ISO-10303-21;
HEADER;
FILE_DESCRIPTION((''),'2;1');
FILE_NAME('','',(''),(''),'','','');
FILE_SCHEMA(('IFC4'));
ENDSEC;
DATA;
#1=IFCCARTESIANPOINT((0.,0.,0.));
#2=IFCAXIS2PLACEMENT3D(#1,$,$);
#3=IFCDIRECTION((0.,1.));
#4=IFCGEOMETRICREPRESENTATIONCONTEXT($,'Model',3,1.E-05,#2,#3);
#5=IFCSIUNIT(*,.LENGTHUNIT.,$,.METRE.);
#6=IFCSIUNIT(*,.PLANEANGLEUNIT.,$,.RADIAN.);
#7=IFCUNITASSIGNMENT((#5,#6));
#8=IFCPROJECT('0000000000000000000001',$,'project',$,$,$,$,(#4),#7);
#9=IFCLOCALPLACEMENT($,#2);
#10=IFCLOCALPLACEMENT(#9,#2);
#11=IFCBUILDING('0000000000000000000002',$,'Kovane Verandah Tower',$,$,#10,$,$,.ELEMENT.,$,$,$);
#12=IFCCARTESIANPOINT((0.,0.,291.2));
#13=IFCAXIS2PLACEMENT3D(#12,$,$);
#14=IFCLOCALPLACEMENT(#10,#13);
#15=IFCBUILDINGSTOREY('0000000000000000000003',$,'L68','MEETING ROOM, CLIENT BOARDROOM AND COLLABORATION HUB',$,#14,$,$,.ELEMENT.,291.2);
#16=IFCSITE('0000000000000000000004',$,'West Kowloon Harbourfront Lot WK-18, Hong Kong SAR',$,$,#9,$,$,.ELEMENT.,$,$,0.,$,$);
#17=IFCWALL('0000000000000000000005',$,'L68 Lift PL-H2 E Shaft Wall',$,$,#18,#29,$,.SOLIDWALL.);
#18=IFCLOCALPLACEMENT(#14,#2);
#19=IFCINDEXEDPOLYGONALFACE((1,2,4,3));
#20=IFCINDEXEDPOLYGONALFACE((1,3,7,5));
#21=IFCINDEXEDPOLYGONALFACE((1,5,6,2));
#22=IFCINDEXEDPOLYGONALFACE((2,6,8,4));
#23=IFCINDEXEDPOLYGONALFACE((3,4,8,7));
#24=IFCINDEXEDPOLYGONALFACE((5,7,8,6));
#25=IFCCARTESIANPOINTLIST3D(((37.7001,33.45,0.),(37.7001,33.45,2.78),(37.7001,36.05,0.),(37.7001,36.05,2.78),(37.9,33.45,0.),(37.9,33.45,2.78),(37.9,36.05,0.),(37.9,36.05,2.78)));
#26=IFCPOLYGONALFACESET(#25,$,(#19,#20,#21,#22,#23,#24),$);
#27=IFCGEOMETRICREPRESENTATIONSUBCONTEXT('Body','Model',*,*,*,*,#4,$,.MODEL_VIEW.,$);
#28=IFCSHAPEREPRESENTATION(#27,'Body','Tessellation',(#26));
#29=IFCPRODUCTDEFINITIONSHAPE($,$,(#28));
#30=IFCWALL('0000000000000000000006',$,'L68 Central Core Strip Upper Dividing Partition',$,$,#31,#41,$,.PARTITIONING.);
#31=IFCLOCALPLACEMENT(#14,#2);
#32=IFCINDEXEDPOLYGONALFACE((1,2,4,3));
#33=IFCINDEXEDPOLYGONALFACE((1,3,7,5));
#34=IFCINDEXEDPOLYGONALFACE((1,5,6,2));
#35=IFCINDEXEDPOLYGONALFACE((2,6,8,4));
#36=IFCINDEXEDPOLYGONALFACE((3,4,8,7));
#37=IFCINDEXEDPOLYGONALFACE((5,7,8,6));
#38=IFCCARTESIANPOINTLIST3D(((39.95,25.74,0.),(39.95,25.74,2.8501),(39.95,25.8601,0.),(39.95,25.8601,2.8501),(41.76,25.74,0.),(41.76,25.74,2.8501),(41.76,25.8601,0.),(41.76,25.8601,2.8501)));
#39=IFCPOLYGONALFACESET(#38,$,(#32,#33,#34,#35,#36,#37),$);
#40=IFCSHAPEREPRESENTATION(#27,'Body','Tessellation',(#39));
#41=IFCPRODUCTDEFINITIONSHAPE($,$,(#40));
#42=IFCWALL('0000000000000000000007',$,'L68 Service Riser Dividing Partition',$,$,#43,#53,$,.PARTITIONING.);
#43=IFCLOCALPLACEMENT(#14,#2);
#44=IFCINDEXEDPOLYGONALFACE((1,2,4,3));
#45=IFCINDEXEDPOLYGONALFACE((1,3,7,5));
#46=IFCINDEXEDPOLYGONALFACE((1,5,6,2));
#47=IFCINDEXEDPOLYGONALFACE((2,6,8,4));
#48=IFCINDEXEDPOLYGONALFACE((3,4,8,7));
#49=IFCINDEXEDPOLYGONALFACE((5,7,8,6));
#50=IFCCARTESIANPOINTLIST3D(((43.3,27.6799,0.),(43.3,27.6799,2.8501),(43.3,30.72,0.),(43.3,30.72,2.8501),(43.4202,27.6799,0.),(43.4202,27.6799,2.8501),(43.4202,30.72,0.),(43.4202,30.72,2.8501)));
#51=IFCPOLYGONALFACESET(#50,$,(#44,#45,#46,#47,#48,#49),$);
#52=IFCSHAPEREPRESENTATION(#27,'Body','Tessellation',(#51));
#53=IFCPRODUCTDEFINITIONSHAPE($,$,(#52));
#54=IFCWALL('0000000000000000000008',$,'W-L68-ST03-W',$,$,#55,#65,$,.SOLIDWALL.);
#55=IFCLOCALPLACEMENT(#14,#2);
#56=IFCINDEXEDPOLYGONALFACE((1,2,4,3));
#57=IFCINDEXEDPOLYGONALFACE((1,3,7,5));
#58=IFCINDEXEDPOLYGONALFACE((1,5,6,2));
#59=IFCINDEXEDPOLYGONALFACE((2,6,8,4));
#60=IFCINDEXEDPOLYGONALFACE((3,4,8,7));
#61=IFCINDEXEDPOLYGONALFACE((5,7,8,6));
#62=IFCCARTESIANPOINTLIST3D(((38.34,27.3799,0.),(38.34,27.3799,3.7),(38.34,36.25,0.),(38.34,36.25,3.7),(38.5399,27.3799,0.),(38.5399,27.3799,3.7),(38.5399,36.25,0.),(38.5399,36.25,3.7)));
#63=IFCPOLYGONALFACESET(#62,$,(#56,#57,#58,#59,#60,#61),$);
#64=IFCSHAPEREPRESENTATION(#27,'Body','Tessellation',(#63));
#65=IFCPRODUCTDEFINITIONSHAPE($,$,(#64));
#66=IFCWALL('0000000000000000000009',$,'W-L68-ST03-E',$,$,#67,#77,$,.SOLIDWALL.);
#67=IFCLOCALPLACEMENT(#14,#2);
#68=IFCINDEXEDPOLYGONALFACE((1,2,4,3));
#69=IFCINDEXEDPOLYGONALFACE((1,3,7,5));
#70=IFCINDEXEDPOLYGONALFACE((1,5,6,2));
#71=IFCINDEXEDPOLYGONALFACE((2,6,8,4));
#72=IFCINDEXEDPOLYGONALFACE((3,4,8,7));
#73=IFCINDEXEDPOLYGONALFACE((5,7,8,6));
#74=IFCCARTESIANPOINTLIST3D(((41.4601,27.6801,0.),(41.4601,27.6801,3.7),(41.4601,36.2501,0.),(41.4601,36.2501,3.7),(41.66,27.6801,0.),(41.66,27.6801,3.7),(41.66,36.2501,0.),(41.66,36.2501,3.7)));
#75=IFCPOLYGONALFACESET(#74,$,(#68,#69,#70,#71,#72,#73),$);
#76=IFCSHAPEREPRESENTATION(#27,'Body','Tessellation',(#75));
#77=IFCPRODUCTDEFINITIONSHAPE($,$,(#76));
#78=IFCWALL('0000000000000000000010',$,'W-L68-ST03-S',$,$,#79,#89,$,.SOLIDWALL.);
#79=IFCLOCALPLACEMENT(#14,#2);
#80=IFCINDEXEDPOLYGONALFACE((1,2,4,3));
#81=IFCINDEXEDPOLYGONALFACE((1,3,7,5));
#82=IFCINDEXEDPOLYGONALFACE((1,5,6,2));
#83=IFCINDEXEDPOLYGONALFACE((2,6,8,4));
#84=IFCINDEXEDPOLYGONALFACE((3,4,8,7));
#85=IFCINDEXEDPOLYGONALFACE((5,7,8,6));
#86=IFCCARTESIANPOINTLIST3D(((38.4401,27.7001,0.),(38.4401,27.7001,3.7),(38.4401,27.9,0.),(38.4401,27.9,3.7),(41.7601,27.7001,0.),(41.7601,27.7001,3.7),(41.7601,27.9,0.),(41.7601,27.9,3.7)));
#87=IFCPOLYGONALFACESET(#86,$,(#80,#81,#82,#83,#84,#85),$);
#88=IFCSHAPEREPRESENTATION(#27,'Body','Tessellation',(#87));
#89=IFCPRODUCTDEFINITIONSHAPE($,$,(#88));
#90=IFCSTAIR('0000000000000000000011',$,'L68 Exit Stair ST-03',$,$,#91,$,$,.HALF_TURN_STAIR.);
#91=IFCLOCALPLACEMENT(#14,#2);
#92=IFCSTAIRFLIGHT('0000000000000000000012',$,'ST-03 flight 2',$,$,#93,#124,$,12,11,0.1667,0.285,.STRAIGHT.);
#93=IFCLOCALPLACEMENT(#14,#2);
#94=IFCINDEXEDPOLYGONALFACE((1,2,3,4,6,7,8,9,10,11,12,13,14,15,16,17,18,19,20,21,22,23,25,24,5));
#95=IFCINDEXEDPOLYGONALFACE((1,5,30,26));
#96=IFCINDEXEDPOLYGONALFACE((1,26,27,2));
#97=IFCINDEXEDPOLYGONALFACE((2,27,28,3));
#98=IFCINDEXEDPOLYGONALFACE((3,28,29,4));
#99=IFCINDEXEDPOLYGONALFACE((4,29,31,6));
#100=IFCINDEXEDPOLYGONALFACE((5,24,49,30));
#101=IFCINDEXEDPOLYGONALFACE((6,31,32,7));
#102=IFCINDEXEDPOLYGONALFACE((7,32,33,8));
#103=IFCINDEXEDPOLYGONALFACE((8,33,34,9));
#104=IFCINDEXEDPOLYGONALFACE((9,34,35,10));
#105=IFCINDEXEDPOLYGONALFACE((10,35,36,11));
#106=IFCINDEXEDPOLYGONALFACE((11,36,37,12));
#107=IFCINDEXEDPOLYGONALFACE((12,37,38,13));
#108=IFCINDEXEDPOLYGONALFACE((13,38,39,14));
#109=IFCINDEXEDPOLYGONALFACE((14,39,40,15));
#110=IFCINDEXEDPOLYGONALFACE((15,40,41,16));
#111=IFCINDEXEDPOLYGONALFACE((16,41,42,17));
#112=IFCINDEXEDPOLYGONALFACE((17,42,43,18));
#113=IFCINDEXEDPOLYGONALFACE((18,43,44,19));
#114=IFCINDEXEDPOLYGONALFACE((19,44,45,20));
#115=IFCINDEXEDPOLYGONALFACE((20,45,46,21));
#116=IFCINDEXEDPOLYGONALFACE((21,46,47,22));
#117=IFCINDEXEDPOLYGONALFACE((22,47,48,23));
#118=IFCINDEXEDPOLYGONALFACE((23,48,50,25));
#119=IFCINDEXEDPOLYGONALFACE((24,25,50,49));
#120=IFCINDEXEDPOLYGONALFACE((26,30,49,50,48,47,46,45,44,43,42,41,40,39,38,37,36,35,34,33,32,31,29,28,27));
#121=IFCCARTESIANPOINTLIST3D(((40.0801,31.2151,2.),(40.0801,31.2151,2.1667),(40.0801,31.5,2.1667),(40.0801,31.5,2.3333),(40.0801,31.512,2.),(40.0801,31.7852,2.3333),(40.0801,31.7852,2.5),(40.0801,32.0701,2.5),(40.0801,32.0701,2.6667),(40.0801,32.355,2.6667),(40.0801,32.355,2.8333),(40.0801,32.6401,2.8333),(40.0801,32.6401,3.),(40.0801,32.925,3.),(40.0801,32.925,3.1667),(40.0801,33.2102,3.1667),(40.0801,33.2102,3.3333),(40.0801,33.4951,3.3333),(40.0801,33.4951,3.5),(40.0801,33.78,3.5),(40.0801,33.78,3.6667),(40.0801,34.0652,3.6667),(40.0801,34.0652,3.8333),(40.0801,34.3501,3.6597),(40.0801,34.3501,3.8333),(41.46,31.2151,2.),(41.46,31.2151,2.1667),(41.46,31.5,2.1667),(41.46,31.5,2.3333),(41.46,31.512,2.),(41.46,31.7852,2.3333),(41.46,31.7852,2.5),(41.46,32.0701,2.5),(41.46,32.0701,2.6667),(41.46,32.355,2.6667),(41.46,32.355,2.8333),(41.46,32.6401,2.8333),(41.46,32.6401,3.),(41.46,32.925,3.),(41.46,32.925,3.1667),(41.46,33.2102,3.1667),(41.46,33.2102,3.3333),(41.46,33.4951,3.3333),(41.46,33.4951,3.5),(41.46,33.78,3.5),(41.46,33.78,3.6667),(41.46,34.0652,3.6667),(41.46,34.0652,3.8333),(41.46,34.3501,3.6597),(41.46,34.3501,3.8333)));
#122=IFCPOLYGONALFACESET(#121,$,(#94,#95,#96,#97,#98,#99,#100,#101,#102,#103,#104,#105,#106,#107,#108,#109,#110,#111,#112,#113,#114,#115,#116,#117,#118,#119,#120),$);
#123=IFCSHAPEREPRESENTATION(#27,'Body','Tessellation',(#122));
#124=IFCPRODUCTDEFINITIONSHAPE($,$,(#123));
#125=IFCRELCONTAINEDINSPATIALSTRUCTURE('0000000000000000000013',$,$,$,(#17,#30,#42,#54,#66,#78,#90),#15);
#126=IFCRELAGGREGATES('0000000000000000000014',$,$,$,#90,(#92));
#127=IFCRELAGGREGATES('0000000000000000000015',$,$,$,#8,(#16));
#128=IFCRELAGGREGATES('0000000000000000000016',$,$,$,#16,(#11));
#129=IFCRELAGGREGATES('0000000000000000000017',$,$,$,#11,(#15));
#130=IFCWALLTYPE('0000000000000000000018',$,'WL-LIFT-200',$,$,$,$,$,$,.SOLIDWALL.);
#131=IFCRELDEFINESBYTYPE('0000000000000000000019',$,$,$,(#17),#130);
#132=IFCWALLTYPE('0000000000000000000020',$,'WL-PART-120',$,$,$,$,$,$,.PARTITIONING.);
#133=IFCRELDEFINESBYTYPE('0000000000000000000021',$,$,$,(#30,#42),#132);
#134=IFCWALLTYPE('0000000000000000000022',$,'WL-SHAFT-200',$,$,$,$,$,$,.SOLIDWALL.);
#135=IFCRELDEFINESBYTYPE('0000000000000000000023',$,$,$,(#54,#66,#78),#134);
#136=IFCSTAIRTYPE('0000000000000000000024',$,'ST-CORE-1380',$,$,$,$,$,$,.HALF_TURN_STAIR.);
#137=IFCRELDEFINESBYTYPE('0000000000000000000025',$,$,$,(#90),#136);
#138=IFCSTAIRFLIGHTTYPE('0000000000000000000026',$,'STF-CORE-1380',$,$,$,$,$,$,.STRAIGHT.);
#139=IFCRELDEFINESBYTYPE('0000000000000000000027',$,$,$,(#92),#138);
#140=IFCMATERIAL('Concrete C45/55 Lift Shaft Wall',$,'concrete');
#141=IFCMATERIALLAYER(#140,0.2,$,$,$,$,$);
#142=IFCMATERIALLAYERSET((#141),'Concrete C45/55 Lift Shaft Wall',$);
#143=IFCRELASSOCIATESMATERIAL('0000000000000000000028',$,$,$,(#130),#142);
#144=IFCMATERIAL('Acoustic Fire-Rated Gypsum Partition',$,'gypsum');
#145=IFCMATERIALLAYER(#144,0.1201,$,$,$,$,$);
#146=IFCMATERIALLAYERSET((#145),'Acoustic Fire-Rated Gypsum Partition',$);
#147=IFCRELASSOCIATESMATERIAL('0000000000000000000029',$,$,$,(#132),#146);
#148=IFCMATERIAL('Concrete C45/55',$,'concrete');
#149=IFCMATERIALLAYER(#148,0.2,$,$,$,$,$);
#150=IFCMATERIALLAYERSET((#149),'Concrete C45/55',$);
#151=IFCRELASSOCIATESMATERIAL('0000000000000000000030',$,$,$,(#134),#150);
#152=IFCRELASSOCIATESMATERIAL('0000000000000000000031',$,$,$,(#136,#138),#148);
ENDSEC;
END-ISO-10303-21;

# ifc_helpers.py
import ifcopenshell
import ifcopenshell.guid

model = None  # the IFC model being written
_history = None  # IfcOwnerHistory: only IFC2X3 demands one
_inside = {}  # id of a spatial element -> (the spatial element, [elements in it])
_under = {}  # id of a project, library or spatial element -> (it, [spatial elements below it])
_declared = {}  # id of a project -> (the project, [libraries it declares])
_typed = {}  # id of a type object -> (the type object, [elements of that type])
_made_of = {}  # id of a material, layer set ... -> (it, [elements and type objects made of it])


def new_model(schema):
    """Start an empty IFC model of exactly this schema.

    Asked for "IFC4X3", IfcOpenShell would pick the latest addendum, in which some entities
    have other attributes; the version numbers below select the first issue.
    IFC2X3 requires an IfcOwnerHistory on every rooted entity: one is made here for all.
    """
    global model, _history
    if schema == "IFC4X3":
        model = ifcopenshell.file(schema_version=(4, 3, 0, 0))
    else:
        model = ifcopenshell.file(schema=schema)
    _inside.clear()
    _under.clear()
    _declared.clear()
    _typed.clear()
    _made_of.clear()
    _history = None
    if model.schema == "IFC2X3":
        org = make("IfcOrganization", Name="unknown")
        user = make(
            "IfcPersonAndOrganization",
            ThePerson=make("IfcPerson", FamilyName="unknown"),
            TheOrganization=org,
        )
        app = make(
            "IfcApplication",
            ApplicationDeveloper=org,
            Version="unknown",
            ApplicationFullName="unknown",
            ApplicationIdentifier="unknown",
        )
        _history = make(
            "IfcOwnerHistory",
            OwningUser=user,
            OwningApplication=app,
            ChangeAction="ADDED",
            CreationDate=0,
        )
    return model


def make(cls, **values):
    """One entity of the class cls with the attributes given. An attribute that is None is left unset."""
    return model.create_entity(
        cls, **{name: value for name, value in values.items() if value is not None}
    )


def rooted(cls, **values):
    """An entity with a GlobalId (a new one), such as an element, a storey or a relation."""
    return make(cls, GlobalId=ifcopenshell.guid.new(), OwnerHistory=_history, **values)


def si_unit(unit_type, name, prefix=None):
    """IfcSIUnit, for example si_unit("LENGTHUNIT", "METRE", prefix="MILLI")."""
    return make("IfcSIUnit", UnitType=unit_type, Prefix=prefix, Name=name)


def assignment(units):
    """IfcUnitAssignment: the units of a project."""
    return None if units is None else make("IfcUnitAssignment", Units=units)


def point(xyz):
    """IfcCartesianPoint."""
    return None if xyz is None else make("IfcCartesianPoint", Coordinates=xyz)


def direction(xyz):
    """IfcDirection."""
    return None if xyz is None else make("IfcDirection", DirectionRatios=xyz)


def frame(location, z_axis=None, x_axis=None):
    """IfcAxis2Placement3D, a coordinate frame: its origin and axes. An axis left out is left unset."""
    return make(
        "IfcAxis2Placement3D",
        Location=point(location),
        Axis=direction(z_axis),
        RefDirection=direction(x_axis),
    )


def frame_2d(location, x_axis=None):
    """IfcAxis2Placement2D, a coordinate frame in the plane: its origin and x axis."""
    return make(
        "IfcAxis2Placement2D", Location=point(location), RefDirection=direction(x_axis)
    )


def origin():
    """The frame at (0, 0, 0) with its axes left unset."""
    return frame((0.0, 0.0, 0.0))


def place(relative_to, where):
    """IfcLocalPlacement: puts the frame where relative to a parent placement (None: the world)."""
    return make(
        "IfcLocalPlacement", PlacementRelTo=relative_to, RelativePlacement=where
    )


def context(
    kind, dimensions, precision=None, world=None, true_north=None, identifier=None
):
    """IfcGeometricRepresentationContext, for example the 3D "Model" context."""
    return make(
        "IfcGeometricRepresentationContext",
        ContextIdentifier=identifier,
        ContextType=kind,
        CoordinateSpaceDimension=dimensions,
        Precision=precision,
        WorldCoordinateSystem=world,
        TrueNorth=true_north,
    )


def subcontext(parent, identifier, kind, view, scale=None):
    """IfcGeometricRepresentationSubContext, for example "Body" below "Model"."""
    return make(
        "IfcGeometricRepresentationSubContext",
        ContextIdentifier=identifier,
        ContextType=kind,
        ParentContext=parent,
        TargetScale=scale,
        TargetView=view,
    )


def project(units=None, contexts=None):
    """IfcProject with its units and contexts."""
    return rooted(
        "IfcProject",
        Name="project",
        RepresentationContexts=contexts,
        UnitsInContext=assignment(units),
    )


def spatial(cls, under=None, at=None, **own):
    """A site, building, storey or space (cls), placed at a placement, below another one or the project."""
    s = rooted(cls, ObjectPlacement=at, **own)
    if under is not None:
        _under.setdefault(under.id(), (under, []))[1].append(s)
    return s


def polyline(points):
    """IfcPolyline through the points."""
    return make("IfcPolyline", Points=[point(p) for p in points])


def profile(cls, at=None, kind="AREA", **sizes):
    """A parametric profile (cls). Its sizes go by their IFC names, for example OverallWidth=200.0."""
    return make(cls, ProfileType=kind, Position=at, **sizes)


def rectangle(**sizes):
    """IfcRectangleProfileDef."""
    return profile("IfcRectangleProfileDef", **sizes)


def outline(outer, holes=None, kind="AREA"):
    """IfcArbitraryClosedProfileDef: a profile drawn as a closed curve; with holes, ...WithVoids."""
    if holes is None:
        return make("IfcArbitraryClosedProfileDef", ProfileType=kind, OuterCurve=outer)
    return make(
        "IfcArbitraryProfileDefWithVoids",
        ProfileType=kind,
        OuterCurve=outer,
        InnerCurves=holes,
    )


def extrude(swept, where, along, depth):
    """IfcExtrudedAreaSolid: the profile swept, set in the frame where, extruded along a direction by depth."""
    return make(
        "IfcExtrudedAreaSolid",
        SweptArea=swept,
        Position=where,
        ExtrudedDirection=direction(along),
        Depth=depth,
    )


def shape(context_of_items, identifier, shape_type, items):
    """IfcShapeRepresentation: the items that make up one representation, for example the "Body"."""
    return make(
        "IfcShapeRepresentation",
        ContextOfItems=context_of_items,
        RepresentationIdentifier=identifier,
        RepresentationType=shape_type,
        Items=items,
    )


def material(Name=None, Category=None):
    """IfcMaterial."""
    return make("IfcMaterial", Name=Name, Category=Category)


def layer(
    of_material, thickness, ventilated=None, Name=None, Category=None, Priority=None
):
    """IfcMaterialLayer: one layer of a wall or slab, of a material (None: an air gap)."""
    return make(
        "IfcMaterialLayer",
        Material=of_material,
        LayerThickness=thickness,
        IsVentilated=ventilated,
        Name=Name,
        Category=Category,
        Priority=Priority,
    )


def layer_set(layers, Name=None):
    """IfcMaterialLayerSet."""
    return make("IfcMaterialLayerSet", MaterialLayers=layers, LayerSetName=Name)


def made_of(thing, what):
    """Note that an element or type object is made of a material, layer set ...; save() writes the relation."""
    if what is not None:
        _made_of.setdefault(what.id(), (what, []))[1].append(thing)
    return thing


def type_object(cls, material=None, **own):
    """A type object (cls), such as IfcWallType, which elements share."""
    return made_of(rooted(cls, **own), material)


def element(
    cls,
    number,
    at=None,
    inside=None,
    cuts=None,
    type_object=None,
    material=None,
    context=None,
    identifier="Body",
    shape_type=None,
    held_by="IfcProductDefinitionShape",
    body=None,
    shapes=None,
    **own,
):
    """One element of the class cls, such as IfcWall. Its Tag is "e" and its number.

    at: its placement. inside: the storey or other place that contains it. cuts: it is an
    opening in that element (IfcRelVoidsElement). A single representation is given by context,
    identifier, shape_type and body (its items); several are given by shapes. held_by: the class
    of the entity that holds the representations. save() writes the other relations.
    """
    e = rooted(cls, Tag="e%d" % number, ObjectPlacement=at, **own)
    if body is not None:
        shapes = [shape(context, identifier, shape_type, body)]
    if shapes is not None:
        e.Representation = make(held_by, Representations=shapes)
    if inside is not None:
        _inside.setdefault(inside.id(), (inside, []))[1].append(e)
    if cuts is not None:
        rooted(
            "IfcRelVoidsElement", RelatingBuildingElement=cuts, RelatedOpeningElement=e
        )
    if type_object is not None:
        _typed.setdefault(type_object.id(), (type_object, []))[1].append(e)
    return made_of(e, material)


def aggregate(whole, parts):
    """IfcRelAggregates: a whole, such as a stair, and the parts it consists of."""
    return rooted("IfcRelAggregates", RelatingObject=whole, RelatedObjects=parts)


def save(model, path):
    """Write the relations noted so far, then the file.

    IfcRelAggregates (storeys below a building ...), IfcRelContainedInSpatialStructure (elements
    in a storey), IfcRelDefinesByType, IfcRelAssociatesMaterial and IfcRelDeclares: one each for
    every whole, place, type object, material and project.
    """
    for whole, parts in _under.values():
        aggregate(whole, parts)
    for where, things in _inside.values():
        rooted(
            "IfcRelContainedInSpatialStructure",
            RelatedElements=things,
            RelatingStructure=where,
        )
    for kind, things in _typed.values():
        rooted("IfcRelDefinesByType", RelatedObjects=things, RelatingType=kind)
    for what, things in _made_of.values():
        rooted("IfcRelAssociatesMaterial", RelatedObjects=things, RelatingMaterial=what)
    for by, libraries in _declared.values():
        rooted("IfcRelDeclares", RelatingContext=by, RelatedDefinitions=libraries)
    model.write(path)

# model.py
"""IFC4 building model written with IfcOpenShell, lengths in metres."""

from ifc_helpers import new_model, si_unit, direction, frame, frame_2d, origin, place, context, subcontext, project, spatial, polyline, rectangle, outline, extrude, material, layer, layer_set, type_object, element, aggregate, save


model = new_model("IFC4")

# Units and contexts
model_context = context("Model", 3, precision=1e-05, world=origin(), true_north=direction((0.0, 1.0)))
body_context = subcontext(model_context, "Body", "Model", "MODEL_VIEW")
ifc_project = project(units=[si_unit("LENGTHUNIT", "METRE"), si_unit("PLANEANGLEUNIT", "RADIAN")], contexts=[model_context])

# Site, building, storey
site_placement = place(None, origin())
site = spatial("IfcSite", under=ifc_project, at=site_placement, Name="West Kowloon Harbourfront Lot WK-18, Hong Kong SAR", CompositionType="ELEMENT", RefElevation=0.0)
building_placement = place(site_placement, origin())
building = spatial("IfcBuilding", under=site, at=building_placement, Name="Kovane Verandah Tower", CompositionType="ELEMENT")
storey_placement = place(building_placement, frame((0.0, 0.0, 291.2)))
storey = spatial("IfcBuildingStorey", under=building, at=storey_placement, Name="L68", Description="MEETING ROOM, CLIENT BOARDROOM AND COLLABORATION HUB", CompositionType="ELEMENT", Elevation=291.2)

# Shared definitions
ifc_material_1 = material(Name="Concrete C45/55 Lift Shaft Wall", Category="concrete")
ifc_layer_1 = layer(ifc_material_1, 0.2)
ifc_layer_set_1 = layer_set([ifc_layer_1], Name="Concrete C45/55 Lift Shaft Wall")
wall_type_1 = type_object("IfcWallType", Name="WL-LIFT-200", PredefinedType="SOLIDWALL", material=ifc_layer_set_1)

# Walls
wall_1_placement = place(storey_placement, frame((37.8, 33.45, 0.0), z_axis=(0.0, 0.0, 1.0), x_axis=(0.0, 1.0, 0.0)))
element("IfcWall", 1, at=wall_1_placement, inside=storey, type_object=wall_type_1, Name="L68 Lift PL-H2 E Shaft Wall", PredefinedType="SOLIDWALL", context=body_context, shape_type="SweptSolid", body=[
    extrude(rectangle(XDim=2.6001, YDim=0.2, at=frame_2d((1.3, 0.0))), origin(), (0.0, 0.0, 1.0), 2.78),
])
ifc_material_2 = material(Name="Acoustic Fire-Rated Gypsum Partition", Category="gypsum")
ifc_layer_2 = layer(ifc_material_2, 0.1201)
ifc_layer_set_2 = layer_set([ifc_layer_2], Name="Acoustic Fire-Rated Gypsum Partition")
wall_type_2 = type_object("IfcWallType", Name="WL-PART-120", PredefinedType="PARTITIONING", material=ifc_layer_set_2)
wall_2_placement = place(storey_placement, frame((39.95, 25.8, 0.0), z_axis=(0.0, 0.0, 1.0), x_axis=(1.0, 0.0, 0.0)))
element("IfcWall", 2, at=wall_2_placement, inside=storey, type_object=wall_type_2, Name="L68 Central Core Strip Upper Dividing Partition", PredefinedType="PARTITIONING", context=body_context, shape_type="SweptSolid", body=[
    extrude(rectangle(XDim=1.8101, YDim=0.1201, at=frame_2d((0.905, 0.0))), origin(), (0.0, 0.0, 1.0), 2.8501),
])
wall_3_placement = place(storey_placement, frame((43.3601, 27.6799, 0.0), z_axis=(0.0, 0.0, 1.0), x_axis=(0.0, 1.0, 0.0)))
element("IfcWall", 3, at=wall_3_placement, inside=storey, type_object=wall_type_2, Name="L68 Service Riser Dividing Partition", PredefinedType="PARTITIONING", context=body_context, shape_type="SweptSolid", body=[
    extrude(rectangle(XDim=3.04, YDim=0.1201, at=frame_2d((1.52, 0.0))), origin(), (0.0, 0.0, 1.0), 2.8501),
])
ifc_material_3 = material(Name="Concrete C45/55", Category="concrete")
ifc_layer_3 = layer(ifc_material_3, 0.2)
ifc_layer_set_3 = layer_set([ifc_layer_3], Name="Concrete C45/55")
wall_type_3 = type_object("IfcWallType", Name="WL-SHAFT-200", PredefinedType="SOLIDWALL", material=ifc_layer_set_3)
wall_4_placement = place(storey_placement, frame((38.4399, 27.3799, 0.0), z_axis=(0.0, 0.0, 1.0), x_axis=(0.0, 1.0, 0.0)))
element("IfcWall", 4, at=wall_4_placement, inside=storey, type_object=wall_type_3, Name="W-L68-ST03-W", PredefinedType="SOLIDWALL", context=body_context, shape_type="SweptSolid", body=[
    extrude(rectangle(XDim=8.8701, YDim=0.2, at=frame_2d((4.4351, 0.0))), origin(), (0.0, 0.0, 1.0), 3.7),
])
wall_5_placement = place(storey_placement, frame((41.5601, 27.6799, 0.0), z_axis=(0.0, 0.0, 1.0), x_axis=(0.0, 1.0, 0.0)))
element("IfcWall", 5, at=wall_5_placement, inside=storey, type_object=wall_type_3, Name="W-L68-ST03-E", PredefinedType="SOLIDWALL", context=body_context, shape_type="SweptSolid", body=[
    extrude(rectangle(XDim=8.5701, YDim=0.2, at=frame_2d((4.2852, 0.0))), origin(), (0.0, 0.0, 1.0), 3.7),
])
wall_6_placement = place(storey_placement, frame((38.4399, 27.8, 0.0), z_axis=(0.0, 0.0, 1.0), x_axis=(1.0, 0.0, 0.0)))
element("IfcWall", 6, at=wall_6_placement, inside=storey, type_object=wall_type_3, Name="W-L68-ST03-S", PredefinedType="SOLIDWALL", context=body_context, shape_type="SweptSolid", body=[
    extrude(rectangle(XDim=3.3201, YDim=0.2, at=frame_2d((1.6602, 0.0))), origin(), (0.0, 0.0, 1.0), 3.7),
])

# Stair, stair flight
stair_type = type_object("IfcStairType", Name="ST-CORE-1380", PredefinedType="HALF_TURN_STAIR", material=ifc_material_3)
stair_placement = place(storey_placement, origin())
stair = element("IfcStair", 7, at=stair_placement, inside=storey, type_object=stair_type, Name="L68 Exit Stair ST-03", PredefinedType="HALF_TURN_STAIR")
stair_flight_type = type_object("IfcStairFlightType", Name="STF-CORE-1380", PredefinedType="STRAIGHT", material=ifc_material_3)
stair_flight_placement = place(storey_placement, frame((40.77, 31.2151, 2.0), z_axis=(0.0, 0.0, 1.0), x_axis=(0.0, 1.0, 0.0)))
stair_flight = element("IfcStairFlight", 8, at=stair_flight_placement, type_object=stair_flight_type, Name="ST-03 flight 2", NumberOfRisers=12, NumberOfTreads=11, PredefinedType="STRAIGHT", RiserHeight=0.1667, TreadLength=0.285, context=body_context, shape_type="SweptSolid", body=[
    extrude(outline(polyline([(0.0, 0.0), (0.0, 0.1667), (0.2849, 0.1667), (0.2849, 0.3333), (0.5701, 0.3333), (0.5701, 0.5), (0.855, 0.5), (0.855, 0.6667), (1.1399, 0.6667), (1.1399, 0.8333), (1.425, 0.8333), (1.425, 1.0), (1.71, 1.0), (1.71, 1.1667), (1.9951, 1.1667), (1.9951, 1.3333), (2.28, 1.3333), (2.28, 1.5), (2.5649, 1.5), (2.5649, 1.6667), (2.8501, 1.6667), (2.8501, 1.8333), (3.135, 1.8333), (3.135, 2.0), (3.135, 1.6597), (0.2969, 0.0), (0.0, 0.0)])), frame((0.0, 0.6899, 0.0), z_axis=(0.0, -1.0, 0.0), x_axis=(1.0, 0.0, 0.0)), (0.0, 0.0, 1.0), 1.3799),
])
aggregate(stair, [stair_flight])

save(model, "model.ifc")
